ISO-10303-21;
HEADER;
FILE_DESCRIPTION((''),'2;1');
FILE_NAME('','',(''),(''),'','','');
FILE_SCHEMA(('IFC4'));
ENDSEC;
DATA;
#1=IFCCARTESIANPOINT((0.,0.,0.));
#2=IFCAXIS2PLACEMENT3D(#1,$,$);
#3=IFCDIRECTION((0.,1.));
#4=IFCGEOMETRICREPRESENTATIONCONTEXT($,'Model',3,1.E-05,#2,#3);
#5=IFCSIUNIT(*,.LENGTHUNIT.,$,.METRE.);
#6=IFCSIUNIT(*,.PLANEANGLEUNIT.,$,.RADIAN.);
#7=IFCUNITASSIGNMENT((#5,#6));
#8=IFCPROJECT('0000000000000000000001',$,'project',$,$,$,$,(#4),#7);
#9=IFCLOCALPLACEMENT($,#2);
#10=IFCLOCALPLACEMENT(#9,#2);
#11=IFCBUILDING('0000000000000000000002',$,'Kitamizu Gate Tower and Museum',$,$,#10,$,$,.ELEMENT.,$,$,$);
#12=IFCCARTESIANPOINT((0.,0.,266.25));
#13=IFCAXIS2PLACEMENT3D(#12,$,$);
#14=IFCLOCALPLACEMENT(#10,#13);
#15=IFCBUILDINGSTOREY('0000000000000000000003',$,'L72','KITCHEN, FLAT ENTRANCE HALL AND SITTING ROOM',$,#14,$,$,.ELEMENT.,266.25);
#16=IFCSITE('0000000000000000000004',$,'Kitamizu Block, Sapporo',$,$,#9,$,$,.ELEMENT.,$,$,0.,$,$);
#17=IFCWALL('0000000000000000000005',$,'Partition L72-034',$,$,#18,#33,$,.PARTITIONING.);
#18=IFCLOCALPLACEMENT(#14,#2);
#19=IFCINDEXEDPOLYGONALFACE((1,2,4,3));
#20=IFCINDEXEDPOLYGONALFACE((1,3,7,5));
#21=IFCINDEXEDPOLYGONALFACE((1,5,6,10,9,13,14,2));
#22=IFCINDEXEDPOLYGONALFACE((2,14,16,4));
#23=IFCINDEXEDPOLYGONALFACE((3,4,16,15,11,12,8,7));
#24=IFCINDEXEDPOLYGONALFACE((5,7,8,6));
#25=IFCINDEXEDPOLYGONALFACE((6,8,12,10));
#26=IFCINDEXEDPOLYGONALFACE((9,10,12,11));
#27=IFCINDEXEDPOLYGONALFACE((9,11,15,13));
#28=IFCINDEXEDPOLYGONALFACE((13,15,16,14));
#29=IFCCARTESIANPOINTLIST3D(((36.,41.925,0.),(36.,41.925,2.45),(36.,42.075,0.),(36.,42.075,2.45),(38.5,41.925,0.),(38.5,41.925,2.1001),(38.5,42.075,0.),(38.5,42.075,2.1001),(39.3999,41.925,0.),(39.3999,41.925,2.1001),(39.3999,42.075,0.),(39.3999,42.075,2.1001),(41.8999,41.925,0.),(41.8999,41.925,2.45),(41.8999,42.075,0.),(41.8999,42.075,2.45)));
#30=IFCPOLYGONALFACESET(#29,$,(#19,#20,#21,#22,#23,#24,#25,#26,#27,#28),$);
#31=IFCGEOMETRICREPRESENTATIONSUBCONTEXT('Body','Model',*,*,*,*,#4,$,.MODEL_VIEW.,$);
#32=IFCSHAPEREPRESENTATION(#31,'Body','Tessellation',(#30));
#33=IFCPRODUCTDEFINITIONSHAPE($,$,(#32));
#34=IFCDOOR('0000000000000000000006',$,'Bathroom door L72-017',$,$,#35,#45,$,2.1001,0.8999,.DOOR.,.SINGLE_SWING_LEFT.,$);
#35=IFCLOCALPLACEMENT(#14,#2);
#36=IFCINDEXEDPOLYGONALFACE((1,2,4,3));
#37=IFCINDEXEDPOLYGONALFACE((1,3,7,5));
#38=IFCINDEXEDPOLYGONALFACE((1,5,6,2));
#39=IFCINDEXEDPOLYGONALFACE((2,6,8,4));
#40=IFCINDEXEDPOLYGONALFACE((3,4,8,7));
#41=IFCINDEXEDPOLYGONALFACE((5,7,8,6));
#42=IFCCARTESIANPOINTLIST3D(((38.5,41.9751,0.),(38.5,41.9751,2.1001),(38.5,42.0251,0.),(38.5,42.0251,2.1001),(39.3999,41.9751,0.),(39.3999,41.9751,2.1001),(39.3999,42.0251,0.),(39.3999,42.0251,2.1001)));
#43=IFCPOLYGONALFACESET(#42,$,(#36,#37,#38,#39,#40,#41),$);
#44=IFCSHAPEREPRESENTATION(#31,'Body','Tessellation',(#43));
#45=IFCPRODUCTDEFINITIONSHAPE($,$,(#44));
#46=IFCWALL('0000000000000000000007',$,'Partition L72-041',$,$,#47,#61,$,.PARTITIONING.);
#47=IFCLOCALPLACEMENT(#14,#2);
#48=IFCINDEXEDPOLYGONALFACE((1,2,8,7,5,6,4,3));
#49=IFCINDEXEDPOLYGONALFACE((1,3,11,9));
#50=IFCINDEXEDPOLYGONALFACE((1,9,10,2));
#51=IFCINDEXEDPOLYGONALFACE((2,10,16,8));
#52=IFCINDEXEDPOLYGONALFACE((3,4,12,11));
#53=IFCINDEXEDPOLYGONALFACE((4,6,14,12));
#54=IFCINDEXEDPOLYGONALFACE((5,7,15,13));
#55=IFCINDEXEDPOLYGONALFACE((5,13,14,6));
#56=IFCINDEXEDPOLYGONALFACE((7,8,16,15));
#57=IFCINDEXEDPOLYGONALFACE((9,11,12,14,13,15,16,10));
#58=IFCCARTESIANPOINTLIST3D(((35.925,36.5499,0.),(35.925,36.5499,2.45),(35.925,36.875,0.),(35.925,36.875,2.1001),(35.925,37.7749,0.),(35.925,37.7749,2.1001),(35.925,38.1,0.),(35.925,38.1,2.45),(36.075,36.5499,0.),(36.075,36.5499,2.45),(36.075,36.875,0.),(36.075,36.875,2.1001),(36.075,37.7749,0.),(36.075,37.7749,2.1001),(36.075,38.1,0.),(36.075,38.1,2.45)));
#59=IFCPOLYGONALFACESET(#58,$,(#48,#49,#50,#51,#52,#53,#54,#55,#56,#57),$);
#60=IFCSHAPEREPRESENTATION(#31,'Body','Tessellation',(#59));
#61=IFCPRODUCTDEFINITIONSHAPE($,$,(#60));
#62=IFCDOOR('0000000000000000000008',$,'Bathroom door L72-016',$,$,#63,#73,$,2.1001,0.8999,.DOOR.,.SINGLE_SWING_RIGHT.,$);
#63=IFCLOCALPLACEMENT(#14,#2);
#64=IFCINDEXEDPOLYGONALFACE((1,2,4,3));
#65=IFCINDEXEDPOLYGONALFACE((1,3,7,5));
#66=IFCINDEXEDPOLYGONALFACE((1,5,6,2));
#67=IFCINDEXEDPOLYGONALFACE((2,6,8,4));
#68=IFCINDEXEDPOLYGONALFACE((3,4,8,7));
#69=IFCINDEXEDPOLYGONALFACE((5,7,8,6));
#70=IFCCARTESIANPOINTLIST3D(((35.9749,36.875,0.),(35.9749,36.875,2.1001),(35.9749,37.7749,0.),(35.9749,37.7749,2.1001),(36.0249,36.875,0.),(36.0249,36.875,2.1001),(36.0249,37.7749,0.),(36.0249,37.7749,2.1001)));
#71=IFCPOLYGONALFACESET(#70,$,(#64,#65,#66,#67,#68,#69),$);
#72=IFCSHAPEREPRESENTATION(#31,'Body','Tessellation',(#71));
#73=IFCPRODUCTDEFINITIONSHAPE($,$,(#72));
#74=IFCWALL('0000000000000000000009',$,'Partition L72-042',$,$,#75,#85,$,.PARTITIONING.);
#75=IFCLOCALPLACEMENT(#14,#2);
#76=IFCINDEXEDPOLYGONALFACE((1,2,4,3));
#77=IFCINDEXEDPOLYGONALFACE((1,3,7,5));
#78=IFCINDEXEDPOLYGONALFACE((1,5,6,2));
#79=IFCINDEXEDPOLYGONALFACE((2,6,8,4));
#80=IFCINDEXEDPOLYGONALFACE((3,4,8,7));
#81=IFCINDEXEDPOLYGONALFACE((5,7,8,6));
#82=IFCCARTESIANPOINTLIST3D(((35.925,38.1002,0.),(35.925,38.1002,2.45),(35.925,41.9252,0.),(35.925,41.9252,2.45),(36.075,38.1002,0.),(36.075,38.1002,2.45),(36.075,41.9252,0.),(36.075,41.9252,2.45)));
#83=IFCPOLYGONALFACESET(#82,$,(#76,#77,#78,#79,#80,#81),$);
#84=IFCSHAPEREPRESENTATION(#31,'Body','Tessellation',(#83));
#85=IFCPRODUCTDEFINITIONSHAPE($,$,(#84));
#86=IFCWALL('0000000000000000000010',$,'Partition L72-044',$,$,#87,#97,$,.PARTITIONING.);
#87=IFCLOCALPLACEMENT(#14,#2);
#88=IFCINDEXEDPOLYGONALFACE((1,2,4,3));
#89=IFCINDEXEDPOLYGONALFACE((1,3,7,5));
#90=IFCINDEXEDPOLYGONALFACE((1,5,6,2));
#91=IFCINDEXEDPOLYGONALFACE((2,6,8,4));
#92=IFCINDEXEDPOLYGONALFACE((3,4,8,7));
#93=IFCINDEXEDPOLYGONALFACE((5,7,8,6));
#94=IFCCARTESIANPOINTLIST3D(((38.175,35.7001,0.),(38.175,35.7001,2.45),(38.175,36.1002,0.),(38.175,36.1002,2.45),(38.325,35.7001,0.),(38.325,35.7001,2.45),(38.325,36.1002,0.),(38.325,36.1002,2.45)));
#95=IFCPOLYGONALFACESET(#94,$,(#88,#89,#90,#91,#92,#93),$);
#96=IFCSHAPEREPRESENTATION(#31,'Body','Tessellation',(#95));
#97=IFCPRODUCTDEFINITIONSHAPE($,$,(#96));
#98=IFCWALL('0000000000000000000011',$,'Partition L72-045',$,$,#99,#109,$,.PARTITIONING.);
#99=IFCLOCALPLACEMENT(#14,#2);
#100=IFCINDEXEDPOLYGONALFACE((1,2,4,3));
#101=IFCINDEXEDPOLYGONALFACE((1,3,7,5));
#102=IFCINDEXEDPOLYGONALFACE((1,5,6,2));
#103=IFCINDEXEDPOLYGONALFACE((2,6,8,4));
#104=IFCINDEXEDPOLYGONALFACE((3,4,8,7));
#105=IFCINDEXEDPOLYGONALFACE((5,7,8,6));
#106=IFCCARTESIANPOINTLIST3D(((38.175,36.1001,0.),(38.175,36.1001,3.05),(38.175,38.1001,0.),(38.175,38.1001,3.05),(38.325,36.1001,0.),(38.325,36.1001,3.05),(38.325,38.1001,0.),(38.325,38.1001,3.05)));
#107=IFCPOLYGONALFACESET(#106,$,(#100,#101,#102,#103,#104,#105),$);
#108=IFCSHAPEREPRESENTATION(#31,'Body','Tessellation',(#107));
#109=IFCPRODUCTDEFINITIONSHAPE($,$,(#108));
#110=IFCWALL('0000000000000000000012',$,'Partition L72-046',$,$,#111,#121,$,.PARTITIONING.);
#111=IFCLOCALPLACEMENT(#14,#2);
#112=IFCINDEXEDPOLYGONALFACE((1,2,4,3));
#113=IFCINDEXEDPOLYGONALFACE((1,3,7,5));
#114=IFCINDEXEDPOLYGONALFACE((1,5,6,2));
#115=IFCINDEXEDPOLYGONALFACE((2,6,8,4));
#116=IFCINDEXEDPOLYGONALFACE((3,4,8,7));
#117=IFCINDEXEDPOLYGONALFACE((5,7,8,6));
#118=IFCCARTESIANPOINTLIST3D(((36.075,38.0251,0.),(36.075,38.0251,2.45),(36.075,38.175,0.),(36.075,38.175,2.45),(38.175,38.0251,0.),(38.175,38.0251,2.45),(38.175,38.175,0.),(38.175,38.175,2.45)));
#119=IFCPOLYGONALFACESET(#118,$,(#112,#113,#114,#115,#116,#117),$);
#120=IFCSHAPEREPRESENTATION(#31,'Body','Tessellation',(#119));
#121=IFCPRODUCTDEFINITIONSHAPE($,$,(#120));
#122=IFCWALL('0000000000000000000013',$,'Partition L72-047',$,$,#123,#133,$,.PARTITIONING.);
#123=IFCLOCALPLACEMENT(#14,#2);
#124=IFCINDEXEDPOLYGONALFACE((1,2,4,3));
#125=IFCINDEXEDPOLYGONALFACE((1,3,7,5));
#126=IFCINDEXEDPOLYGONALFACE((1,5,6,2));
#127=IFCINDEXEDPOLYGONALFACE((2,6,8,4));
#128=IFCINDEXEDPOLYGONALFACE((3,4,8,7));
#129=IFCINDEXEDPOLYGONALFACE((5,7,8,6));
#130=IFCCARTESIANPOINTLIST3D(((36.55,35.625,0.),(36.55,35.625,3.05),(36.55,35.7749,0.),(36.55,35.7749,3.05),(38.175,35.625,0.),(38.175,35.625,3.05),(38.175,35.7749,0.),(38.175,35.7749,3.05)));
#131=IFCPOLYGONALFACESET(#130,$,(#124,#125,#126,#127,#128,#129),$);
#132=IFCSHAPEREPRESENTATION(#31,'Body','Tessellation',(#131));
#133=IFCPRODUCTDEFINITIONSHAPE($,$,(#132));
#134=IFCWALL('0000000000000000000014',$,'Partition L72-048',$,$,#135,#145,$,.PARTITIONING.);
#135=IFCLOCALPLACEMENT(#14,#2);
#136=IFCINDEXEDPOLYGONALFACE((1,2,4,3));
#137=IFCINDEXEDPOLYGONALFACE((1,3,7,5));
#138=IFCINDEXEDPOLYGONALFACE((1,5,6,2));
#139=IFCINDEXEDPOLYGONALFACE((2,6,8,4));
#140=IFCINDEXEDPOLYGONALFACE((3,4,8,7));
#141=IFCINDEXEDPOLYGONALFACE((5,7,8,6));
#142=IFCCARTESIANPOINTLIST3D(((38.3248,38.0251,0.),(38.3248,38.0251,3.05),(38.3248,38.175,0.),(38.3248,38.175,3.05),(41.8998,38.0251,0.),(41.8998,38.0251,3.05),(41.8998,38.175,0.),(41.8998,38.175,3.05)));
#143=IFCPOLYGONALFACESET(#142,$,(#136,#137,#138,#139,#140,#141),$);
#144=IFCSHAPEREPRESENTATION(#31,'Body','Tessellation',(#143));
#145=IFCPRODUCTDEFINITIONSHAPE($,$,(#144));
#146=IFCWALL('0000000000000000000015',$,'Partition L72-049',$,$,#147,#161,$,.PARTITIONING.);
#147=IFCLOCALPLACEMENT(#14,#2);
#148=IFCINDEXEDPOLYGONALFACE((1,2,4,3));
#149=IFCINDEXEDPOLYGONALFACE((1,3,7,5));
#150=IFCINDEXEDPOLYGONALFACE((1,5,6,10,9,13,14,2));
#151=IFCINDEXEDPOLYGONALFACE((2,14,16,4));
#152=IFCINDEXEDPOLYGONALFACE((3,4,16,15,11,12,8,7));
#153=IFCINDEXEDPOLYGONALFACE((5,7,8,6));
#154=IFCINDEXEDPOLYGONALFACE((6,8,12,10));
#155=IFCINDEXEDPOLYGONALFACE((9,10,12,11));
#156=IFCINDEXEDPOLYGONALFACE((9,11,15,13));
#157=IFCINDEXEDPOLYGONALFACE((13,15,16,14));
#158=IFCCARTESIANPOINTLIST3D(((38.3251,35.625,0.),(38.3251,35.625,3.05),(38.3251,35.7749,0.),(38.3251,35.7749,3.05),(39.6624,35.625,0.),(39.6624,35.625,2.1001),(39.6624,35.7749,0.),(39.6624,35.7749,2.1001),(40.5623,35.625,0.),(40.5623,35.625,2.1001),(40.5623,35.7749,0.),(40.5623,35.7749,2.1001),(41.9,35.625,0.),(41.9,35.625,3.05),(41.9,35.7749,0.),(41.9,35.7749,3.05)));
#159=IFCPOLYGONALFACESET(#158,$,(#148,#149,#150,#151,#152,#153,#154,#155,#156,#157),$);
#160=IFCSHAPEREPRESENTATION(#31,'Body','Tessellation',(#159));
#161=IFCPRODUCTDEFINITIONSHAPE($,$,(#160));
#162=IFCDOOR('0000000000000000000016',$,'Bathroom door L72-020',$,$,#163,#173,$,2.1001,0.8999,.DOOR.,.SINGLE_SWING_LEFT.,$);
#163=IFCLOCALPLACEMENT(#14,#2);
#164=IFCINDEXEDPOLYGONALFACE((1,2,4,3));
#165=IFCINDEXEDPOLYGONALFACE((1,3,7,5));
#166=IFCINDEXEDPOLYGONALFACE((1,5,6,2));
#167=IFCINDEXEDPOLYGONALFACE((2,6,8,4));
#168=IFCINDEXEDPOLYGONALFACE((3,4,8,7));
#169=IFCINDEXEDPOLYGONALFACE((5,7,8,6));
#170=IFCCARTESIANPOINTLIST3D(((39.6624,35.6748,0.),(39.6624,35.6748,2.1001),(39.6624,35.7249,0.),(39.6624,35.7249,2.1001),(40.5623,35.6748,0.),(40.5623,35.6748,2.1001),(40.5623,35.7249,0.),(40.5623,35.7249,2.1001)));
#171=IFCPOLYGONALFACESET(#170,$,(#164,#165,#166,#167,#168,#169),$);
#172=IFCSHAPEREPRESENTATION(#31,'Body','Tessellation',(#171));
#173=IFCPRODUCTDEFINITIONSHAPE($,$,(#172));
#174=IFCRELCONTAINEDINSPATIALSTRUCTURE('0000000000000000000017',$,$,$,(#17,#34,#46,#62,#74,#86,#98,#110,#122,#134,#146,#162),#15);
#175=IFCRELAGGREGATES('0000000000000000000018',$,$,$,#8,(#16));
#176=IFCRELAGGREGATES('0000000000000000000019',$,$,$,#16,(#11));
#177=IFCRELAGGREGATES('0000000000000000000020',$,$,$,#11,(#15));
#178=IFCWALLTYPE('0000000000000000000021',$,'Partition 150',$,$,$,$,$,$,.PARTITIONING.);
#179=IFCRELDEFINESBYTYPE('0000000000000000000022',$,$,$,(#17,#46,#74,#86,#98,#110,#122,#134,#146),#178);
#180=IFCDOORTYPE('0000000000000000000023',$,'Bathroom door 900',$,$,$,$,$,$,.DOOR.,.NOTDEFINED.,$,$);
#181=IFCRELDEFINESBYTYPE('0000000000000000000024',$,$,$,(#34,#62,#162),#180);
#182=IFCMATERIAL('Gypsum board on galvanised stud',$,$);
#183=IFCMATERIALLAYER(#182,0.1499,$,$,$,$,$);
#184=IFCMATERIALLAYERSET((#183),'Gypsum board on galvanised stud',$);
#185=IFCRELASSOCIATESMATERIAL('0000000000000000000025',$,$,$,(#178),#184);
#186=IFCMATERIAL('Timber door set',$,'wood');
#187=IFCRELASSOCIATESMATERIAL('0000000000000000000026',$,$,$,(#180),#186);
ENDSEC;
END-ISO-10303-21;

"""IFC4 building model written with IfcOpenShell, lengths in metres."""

from ifc_helpers import new_model, si_unit, direction, frame, frame_2d, origin, place, context, subcontext, project, spatial, rectangle, extrude, material, layer, layer_set, type_object, element, fill, save


model = new_model("IFC4")

# Units and contexts
model_context = context("Model", 3, precision=1e-05, world=origin(), true_north=direction((0.0, 1.0)))
body_context = subcontext(model_context, "Body", "Model", "MODEL_VIEW")
ifc_project = project(units=[si_unit("LENGTHUNIT", "METRE"), si_unit("PLANEANGLEUNIT", "RADIAN")], contexts=[model_context])

# Site, building, storey
site_placement = place(None, origin())
site = spatial("IfcSite", under=ifc_project, at=site_placement, Name="Kitamizu Block, Sapporo", CompositionType="ELEMENT", RefElevation=0.0)
building_placement = place(site_placement, origin())
building = spatial("IfcBuilding", under=site, at=building_placement, Name="Kitamizu Gate Tower and Museum", CompositionType="ELEMENT")
storey_placement = place(building_placement, frame((0.0, 0.0, 266.25)))
storey = spatial("IfcBuildingStorey", under=building, at=storey_placement, Name="L72", Description="KITCHEN, FLAT ENTRANCE HALL AND SITTING ROOM", CompositionType="ELEMENT", Elevation=266.25)

# Walls, openings, doors
ifc_material_1 = material(Name="Gypsum board on galvanised stud")
ifc_layer_1 = layer(ifc_material_1, 0.1499)
ifc_layer_set_1 = layer_set([ifc_layer_1], Name="Gypsum board on galvanised stud")
wall_type_1 = type_object("IfcWallType", Name="Partition 150", PredefinedType="PARTITIONING", material=ifc_layer_set_1)
wall_1_placement = place(storey_placement, frame((36.0, 42.0, 0.0), z_axis=(0.0, 0.0, 1.0), x_axis=(1.0, 0.0, 0.0)))
wall_1 = element("IfcWall", 1, at=wall_1_placement, inside=storey, type_object=wall_type_1, Name="Partition L72-034", PredefinedType="PARTITIONING", context=body_context, shape_type="SweptSolid", body=[
    extrude(rectangle(XDim=5.8999, YDim=0.1499, at=frame_2d((2.95, 0.0))), origin(), (0.0, 0.0, 1.0), 2.45),
])
opening_1_placement = place(wall_1_placement, frame((2.5, 0.0, 0.0)))
opening_1 = element("IfcOpeningElement", 2, at=opening_1_placement, cuts=wall_1, PredefinedType="OPENING", context=body_context, shape_type="SweptSolid", body=[
    extrude(rectangle(XDim=0.8999, YDim=2.1001, at=frame_2d((0.45, 1.05))), frame((0.0, 0.085, 0.0), z_axis=(0.0, -1.0, 0.0), x_axis=(1.0, 0.0, 0.0)), (0.0, 0.0, 1.0), 0.1699),
])
ifc_material_2 = material(Name="Timber door set", Category="wood")
door_type_1 = type_object("IfcDoorType", Name="Bathroom door 900", OperationType="NOTDEFINED", PredefinedType="DOOR", material=ifc_material_2)
door_1_placement = place(opening_1_placement, frame((0.8999, 0.0, 0.0), x_axis=(-1.0, 0.0, 0.0)))
door_1 = element("IfcDoor", 3, at=door_1_placement, inside=storey, type_object=door_type_1, Name="Bathroom door L72-017", OperationType="SINGLE_SWING_LEFT", OverallHeight=2.1001, OverallWidth=0.8999, PredefinedType="DOOR", context=body_context, shape_type="SweptSolid", body=[
    extrude(rectangle(XDim=0.8999, YDim=2.1001, at=frame_2d((0.45, 1.05))), frame((0.0, 0.0249, 0.0), z_axis=(0.0, -1.0, 0.0), x_axis=(1.0, 0.0, 0.0)), (0.0, 0.0, 1.0), 0.05),
])
fill(opening_1, door_1)
wall_2_placement = place(storey_placement, frame((36.0, 36.55, 0.0), z_axis=(0.0, 0.0, 1.0), x_axis=(0.0, 1.0, 0.0)))
wall_2 = element("IfcWall", 4, at=wall_2_placement, inside=storey, type_object=wall_type_1, Name="Partition L72-041", PredefinedType="PARTITIONING", context=body_context, shape_type="SweptSolid", body=[
    extrude(rectangle(XDim=1.55, YDim=0.1499, at=frame_2d((0.7749, 0.0))), origin(), (0.0, 0.0, 1.0), 2.45),
])
opening_2_placement = place(wall_2_placement, frame((0.325, 0.0, 0.0)))
opening_2 = element("IfcOpeningElement", 5, at=opening_2_placement, cuts=wall_2, PredefinedType="OPENING", context=body_context, shape_type="SweptSolid", body=[
    extrude(rectangle(XDim=0.8999, YDim=2.1001, at=frame_2d((0.45, 1.05))), frame((0.0, 0.085, 0.0), z_axis=(0.0, -1.0, 0.0), x_axis=(1.0, 0.0, 0.0)), (0.0, 0.0, 1.0), 0.1699),
])
door_2_placement = place(opening_2_placement, frame((0.8999, 0.0, 0.0), x_axis=(-1.0, 0.0, 0.0)))
door_2 = element("IfcDoor", 6, at=door_2_placement, inside=storey, type_object=door_type_1, Name="Bathroom door L72-016", OperationType="SINGLE_SWING_RIGHT", OverallHeight=2.1001, OverallWidth=0.8999, PredefinedType="DOOR", context=body_context, shape_type="SweptSolid", body=[
    extrude(rectangle(XDim=0.8999, YDim=2.1001, at=frame_2d((0.45, 1.05))), frame((0.0, 0.0249, 0.0), z_axis=(0.0, -1.0, 0.0), x_axis=(1.0, 0.0, 0.0)), (0.0, 0.0, 1.0), 0.05),
])
fill(opening_2, door_2)

# Walls
wall_3_placement = place(storey_placement, frame((36.0, 38.1001, 0.0), z_axis=(0.0, 0.0, 1.0), x_axis=(0.0, 1.0, 0.0)))
element("IfcWall", 7, at=wall_3_placement, inside=storey, type_object=wall_type_1, Name="Partition L72-042", PredefinedType="PARTITIONING", context=body_context, shape_type="SweptSolid", body=[
    extrude(rectangle(XDim=3.825, YDim=0.1499, at=frame_2d((1.9126, 0.0))), origin(), (0.0, 0.0, 1.0), 2.45),
])
wall_4_placement = place(storey_placement, frame((38.25, 35.7, 0.0), z_axis=(0.0, 0.0, 1.0), x_axis=(0.0, 1.0, 0.0)))
element("IfcWall", 8, at=wall_4_placement, inside=storey, type_object=wall_type_1, Name="Partition L72-044", PredefinedType="PARTITIONING", context=body_context, shape_type="SweptSolid", body=[
    extrude(rectangle(XDim=0.4001, YDim=0.1499, at=frame_2d((0.2002, 0.0))), origin(), (0.0, 0.0, 1.0), 2.45),
])
wall_5_placement = place(storey_placement, frame((38.25, 36.1001, 0.0), z_axis=(0.0, 0.0, 1.0), x_axis=(0.0, 1.0, 0.0)))
element("IfcWall", 9, at=wall_5_placement, inside=storey, type_object=wall_type_1, Name="Partition L72-045", PredefinedType="PARTITIONING", context=body_context, shape_type="SweptSolid", body=[
    extrude(rectangle(XDim=2.0, YDim=0.1499, at=frame_2d((1.0, 0.0))), origin(), (0.0, 0.0, 1.0), 3.05),
])
wall_6_placement = place(storey_placement, frame((38.175, 38.1001, 0.0), z_axis=(0.0, 0.0, 1.0), x_axis=(-1.0, 0.0, 0.0)))
element("IfcWall", 10, at=wall_6_placement, inside=storey, type_object=wall_type_1, Name="Partition L72-046", PredefinedType="PARTITIONING", context=body_context, shape_type="SweptSolid", body=[
    extrude(rectangle(XDim=2.1001, YDim=0.1499, at=frame_2d((1.05, 0.0))), origin(), (0.0, 0.0, 1.0), 2.45),
])
wall_7_placement = place(storey_placement, frame((36.55, 35.7, 0.0), z_axis=(0.0, 0.0, 1.0), x_axis=(1.0, 0.0, 0.0)))
element("IfcWall", 11, at=wall_7_placement, inside=storey, type_object=wall_type_1, Name="Partition L72-047", PredefinedType="PARTITIONING", context=body_context, shape_type="SweptSolid", body=[
    extrude(rectangle(XDim=1.625, YDim=0.1499, at=frame_2d((0.8125, 0.0))), origin(), (0.0, 0.0, 1.0), 3.05),
])
wall_8_placement = place(storey_placement, frame((41.8999, 38.1001, 0.0), z_axis=(0.0, 0.0, 1.0), x_axis=(-1.0, 0.0, 0.0)))
element("IfcWall", 12, at=wall_8_placement, inside=storey, type_object=wall_type_1, Name="Partition L72-048", PredefinedType="PARTITIONING", context=body_context, shape_type="SweptSolid", body=[
    extrude(rectangle(XDim=3.575, YDim=0.1499, at=frame_2d((1.7876, 0.0))), origin(), (0.0, 0.0, 1.0), 3.05),
])

# Wall, opening, door
wall_9_placement = place(storey_placement, frame((38.325, 35.7, 0.0), z_axis=(0.0, 0.0, 1.0), x_axis=(1.0, 0.0, 0.0)))
wall_9 = element("IfcWall", 13, at=wall_9_placement, inside=storey, type_object=wall_type_1, Name="Partition L72-049", PredefinedType="PARTITIONING", context=body_context, shape_type="SweptSolid", body=[
    extrude(rectangle(XDim=3.575, YDim=0.1499, at=frame_2d((1.7876, 0.0))), origin(), (0.0, 0.0, 1.0), 3.05),
])
opening_3_placement = place(wall_9_placement, frame((1.3374, 0.0, 0.0)))
opening_3 = element("IfcOpeningElement", 14, at=opening_3_placement, cuts=wall_9, PredefinedType="OPENING", context=body_context, shape_type="SweptSolid", body=[
    extrude(rectangle(XDim=0.8999, YDim=2.1001, at=frame_2d((0.45, 1.05))), frame((0.0, 0.085, 0.0), z_axis=(0.0, -1.0, 0.0), x_axis=(1.0, 0.0, 0.0)), (0.0, 0.0, 1.0), 0.1699),
])
door_3_placement = place(opening_3_placement, origin())
door_3 = element("IfcDoor", 15, at=door_3_placement, inside=storey, type_object=door_type_1, Name="Bathroom door L72-020", OperationType="SINGLE_SWING_LEFT", OverallHeight=2.1001, OverallWidth=0.8999, PredefinedType="DOOR", context=body_context, shape_type="SweptSolid", body=[
    extrude(rectangle(XDim=0.8999, YDim=2.1001, at=frame_2d((0.45, 1.05))), frame((0.0, 0.0249, 0.0), z_axis=(0.0, -1.0, 0.0), x_axis=(1.0, 0.0, 0.0)), (0.0, 0.0, 1.0), 0.05),
])
fill(opening_3, door_3)

save(model, "model.ifc")
